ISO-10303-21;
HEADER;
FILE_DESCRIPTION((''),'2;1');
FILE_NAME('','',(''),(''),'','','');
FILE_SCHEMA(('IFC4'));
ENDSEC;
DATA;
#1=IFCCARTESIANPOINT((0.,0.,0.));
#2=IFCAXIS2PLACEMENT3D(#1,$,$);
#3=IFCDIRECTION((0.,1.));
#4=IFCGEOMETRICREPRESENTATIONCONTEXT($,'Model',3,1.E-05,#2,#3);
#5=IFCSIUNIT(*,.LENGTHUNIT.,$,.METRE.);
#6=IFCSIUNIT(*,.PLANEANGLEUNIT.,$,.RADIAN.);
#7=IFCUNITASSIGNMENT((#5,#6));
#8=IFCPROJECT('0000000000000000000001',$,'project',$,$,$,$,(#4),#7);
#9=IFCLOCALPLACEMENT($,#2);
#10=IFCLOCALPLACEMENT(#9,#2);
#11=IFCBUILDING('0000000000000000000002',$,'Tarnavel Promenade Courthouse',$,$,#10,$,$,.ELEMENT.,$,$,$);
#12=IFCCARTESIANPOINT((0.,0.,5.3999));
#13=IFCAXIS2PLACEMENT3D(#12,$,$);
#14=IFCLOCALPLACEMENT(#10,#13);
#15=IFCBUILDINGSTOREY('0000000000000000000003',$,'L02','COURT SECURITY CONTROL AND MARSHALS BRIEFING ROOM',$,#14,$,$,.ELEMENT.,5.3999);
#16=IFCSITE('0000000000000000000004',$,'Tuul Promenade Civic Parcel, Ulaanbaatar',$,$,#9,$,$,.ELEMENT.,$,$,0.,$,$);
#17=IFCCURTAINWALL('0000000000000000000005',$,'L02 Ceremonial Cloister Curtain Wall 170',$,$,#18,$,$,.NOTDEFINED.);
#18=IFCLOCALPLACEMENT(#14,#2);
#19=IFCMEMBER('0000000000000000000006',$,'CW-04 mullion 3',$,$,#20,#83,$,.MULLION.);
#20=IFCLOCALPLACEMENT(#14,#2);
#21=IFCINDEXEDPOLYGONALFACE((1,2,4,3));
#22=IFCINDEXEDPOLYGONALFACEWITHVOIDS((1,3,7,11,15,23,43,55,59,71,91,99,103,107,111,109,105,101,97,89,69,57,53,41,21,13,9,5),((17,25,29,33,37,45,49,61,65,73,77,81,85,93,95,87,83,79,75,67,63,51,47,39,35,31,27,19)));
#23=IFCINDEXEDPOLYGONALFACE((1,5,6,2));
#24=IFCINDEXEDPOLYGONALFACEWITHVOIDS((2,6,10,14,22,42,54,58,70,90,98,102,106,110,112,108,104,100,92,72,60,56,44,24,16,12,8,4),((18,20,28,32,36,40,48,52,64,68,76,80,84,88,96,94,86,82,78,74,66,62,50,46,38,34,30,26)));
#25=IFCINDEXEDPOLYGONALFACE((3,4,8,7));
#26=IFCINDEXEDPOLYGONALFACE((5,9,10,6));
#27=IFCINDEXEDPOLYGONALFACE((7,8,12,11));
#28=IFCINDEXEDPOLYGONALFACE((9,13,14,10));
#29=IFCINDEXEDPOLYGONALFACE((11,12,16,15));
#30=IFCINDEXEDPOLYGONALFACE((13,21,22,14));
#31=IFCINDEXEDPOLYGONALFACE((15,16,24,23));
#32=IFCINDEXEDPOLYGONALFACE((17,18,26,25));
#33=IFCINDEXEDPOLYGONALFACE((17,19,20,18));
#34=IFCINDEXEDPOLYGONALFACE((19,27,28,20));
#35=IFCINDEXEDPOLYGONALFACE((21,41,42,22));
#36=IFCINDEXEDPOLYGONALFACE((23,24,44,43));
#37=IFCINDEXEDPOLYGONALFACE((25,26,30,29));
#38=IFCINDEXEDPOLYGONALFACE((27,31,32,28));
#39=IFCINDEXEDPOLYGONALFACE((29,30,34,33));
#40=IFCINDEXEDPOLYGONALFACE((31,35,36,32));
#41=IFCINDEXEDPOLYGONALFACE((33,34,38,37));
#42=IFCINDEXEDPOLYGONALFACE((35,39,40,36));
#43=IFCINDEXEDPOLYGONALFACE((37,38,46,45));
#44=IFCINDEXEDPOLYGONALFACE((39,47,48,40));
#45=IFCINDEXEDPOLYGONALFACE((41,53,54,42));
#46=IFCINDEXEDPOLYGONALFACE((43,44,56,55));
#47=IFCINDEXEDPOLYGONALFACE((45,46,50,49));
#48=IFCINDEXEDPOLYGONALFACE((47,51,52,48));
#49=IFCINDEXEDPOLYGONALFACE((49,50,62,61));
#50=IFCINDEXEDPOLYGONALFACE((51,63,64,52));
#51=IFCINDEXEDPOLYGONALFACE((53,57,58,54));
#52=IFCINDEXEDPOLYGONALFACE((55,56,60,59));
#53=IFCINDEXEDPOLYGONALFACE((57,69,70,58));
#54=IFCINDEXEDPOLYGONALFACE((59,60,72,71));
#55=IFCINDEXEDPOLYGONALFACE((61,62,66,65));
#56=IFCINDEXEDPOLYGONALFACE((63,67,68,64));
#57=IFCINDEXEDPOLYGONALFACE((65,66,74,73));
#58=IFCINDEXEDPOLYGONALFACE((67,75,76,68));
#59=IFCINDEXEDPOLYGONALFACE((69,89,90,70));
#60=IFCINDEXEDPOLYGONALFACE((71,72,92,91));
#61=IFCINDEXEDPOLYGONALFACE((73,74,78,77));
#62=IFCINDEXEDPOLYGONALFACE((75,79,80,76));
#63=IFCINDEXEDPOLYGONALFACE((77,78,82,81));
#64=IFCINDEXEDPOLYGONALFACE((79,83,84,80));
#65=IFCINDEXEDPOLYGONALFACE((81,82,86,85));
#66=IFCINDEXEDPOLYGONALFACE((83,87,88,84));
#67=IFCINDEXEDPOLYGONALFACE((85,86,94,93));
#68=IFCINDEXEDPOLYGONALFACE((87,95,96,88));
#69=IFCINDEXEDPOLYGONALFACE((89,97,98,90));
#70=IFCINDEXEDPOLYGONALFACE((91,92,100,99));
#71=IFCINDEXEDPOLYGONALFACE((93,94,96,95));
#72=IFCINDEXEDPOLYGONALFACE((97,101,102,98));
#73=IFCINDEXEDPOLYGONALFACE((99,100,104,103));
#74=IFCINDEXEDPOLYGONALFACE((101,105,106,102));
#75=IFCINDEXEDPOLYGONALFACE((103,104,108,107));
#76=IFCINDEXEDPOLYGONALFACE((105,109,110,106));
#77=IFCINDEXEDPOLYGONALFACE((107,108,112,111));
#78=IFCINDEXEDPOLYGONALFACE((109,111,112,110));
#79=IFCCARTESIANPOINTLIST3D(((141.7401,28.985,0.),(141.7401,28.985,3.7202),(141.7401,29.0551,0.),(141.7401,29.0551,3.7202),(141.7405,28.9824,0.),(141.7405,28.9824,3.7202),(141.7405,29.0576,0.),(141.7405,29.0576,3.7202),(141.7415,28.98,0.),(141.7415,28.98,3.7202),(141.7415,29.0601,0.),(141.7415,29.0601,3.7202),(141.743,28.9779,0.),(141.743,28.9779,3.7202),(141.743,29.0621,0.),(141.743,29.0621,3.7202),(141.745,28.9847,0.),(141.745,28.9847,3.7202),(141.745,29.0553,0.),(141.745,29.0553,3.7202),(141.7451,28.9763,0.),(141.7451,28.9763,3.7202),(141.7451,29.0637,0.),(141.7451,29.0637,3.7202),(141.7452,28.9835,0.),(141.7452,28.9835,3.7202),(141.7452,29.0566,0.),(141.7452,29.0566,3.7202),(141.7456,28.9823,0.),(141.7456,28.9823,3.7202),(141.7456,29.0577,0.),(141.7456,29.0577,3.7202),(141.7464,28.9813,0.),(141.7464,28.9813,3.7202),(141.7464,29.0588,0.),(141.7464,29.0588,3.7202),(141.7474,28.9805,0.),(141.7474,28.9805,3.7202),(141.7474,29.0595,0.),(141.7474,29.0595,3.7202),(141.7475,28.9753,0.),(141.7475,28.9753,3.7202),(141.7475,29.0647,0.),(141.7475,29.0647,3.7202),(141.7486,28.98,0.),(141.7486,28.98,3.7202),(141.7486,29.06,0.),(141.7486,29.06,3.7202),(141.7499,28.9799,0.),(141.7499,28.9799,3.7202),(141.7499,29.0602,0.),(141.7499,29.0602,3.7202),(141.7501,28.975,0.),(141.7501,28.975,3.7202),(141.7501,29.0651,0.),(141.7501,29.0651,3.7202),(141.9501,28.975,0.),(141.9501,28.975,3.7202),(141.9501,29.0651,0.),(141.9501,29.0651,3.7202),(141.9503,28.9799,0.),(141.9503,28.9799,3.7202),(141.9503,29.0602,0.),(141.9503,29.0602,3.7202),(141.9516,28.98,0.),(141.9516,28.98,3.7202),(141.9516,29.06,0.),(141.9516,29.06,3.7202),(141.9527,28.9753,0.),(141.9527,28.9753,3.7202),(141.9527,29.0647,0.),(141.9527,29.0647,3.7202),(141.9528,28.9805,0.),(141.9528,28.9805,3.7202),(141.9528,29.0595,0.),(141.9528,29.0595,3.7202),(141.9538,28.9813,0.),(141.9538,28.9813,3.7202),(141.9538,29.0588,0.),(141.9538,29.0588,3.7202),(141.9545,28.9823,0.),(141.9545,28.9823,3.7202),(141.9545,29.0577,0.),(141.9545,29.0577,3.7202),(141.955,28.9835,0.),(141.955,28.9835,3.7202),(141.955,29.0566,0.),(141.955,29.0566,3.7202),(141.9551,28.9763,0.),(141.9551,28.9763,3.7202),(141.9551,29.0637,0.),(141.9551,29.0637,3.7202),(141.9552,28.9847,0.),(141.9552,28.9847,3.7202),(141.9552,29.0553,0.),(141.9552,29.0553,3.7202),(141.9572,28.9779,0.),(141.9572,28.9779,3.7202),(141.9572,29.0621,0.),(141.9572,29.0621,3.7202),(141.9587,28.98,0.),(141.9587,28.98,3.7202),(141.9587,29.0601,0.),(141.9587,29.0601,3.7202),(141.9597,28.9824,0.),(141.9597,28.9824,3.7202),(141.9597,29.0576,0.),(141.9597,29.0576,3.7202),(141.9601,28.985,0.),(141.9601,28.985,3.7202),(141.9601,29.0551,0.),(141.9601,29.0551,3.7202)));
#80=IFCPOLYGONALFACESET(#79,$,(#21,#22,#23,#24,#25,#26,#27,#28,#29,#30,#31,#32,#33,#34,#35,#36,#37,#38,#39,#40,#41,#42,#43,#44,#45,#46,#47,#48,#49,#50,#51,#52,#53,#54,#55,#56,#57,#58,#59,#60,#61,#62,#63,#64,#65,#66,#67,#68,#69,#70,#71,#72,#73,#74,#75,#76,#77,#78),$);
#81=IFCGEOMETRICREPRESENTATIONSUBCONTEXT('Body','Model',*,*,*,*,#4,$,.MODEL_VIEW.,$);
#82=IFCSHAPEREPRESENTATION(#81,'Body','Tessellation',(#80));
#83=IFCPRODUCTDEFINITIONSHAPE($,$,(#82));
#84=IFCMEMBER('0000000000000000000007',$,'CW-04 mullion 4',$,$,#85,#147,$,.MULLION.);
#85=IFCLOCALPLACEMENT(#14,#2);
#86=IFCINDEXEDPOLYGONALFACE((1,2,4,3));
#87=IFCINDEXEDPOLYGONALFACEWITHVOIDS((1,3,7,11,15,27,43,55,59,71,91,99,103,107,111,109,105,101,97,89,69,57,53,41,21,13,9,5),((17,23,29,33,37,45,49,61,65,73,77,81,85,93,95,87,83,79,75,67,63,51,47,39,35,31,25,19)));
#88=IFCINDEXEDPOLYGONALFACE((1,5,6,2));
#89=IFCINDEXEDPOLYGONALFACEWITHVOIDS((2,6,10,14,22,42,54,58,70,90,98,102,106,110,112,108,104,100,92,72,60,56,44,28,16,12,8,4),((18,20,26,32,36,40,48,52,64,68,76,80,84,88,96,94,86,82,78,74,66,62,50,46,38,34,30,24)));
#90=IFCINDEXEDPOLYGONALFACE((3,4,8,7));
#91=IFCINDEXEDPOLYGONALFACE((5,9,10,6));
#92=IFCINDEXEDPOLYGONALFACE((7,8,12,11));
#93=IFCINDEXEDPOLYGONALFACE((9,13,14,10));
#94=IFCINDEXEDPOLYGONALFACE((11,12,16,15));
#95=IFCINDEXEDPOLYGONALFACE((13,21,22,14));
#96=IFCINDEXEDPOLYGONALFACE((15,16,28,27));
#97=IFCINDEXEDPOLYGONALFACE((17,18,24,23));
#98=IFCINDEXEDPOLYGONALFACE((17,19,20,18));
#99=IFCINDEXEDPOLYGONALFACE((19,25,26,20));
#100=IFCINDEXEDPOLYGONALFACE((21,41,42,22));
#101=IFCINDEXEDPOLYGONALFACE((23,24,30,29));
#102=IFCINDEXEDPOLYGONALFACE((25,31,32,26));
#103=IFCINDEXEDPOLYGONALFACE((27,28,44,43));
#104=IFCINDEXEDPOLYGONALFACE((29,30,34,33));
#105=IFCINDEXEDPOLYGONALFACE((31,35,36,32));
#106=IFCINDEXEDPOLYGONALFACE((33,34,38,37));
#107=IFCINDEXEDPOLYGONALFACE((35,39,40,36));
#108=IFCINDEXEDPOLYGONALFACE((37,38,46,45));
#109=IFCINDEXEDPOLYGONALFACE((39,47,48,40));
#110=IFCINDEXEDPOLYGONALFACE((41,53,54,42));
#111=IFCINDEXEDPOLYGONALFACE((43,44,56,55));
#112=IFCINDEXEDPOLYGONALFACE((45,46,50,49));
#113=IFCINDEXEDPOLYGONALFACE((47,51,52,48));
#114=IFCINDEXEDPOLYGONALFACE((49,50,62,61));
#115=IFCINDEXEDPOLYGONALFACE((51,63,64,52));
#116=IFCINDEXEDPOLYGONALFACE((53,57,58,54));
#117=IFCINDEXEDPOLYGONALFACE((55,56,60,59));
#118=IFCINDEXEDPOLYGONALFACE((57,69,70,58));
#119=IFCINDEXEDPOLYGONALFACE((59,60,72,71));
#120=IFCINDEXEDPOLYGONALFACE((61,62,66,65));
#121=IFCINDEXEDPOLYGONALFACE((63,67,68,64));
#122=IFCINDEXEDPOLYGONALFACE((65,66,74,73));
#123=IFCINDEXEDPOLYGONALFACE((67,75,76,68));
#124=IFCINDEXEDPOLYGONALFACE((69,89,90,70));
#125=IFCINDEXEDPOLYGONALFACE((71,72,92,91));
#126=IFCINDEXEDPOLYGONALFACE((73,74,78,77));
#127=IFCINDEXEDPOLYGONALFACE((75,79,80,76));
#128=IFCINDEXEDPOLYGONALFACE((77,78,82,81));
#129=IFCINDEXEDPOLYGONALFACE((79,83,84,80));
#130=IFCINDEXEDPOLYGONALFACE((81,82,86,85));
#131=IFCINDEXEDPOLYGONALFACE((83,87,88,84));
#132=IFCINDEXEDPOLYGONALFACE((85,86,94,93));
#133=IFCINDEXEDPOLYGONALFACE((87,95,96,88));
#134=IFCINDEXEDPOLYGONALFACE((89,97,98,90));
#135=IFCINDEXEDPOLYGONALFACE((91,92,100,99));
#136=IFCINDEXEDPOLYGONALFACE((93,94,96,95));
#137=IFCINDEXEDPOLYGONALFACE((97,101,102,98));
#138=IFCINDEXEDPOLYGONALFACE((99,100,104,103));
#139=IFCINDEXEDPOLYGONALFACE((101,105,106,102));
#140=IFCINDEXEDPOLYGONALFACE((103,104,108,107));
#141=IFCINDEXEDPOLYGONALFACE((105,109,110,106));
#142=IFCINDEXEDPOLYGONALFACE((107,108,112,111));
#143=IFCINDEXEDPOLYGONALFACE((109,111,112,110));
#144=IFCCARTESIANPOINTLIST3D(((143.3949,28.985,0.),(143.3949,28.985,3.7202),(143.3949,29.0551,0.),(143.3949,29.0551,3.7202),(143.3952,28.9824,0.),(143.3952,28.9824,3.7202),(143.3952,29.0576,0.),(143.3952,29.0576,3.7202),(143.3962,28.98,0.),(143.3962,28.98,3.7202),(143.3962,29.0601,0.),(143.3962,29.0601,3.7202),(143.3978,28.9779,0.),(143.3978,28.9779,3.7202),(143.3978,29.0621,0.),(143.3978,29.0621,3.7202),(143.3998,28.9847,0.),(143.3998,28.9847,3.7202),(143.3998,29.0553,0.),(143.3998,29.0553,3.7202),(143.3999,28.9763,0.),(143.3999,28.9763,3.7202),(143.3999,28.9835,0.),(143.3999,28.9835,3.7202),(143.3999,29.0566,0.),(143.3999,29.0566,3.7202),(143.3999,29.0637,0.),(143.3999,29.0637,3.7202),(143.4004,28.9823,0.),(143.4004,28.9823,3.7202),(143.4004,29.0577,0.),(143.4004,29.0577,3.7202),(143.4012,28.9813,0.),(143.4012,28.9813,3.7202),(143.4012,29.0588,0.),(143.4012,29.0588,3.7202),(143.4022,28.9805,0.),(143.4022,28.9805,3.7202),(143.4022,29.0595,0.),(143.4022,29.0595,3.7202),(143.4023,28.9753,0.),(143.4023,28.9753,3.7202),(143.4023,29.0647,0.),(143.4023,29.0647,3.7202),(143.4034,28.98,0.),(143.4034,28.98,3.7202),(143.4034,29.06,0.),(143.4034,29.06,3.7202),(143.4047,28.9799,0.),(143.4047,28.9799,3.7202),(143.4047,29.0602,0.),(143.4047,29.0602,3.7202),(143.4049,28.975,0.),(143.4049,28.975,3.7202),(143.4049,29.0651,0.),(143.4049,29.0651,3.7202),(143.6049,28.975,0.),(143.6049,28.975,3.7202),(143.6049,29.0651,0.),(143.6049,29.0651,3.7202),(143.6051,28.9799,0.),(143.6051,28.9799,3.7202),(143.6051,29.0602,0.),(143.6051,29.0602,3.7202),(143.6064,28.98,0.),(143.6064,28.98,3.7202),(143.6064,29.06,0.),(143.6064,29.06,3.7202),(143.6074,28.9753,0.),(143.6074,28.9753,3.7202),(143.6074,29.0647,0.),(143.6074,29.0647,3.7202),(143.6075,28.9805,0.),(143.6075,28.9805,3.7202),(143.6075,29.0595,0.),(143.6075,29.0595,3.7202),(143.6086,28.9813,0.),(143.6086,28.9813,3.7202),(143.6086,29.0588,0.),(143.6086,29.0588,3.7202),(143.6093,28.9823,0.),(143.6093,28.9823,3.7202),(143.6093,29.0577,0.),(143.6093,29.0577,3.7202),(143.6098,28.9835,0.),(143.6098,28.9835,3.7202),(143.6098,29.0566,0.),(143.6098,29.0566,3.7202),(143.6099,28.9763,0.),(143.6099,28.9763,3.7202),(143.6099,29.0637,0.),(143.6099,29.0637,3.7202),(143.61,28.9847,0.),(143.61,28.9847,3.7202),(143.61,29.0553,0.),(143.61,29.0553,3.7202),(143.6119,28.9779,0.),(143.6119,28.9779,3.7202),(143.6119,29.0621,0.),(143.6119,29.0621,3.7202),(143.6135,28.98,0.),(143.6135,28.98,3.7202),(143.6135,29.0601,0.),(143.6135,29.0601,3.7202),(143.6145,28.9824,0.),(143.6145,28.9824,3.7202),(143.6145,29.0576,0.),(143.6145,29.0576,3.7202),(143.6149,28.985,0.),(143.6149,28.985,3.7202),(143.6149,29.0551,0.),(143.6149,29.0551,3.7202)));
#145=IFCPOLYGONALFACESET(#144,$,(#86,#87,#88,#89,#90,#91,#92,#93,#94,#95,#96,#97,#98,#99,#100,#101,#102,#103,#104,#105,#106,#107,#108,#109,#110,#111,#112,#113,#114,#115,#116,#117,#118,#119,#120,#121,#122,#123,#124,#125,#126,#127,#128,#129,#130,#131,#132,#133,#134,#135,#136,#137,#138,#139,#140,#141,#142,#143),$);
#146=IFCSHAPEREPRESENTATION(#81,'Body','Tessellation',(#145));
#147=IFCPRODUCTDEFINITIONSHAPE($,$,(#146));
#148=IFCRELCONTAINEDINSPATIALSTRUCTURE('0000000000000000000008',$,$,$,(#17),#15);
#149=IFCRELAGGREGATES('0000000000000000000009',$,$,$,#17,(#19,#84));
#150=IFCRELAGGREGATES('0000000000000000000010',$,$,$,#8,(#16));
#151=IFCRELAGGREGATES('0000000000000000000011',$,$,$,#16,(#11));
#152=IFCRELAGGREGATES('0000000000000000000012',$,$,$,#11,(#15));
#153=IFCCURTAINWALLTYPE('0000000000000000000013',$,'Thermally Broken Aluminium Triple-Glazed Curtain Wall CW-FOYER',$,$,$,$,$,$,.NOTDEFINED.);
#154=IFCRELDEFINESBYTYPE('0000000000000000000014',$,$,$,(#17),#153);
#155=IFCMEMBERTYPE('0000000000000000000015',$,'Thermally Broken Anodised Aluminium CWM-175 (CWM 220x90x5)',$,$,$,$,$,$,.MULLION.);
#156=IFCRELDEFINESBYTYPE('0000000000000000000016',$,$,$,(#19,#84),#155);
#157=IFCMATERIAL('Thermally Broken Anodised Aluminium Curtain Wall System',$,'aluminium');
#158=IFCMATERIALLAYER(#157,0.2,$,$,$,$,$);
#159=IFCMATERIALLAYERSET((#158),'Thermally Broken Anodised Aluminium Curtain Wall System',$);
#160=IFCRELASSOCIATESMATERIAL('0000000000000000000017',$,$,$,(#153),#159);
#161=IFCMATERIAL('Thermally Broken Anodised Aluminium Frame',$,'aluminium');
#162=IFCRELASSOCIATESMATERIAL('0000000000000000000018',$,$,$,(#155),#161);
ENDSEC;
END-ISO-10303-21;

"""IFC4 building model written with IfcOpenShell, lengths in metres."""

from ifc_helpers import new_model, si_unit, direction, frame, origin, origin_2d, place, context, subcontext, project, spatial, hollow_rectangle, extrude, material, layer, layer_set, material_profile, profile_set, type_object, element, aggregate, save


model = new_model("IFC4")

# Units and contexts
model_context = context("Model", 3, precision=1e-05, world=origin(), true_north=direction((0.0, 1.0)))
body_context = subcontext(model_context, "Body", "Model", "MODEL_VIEW")
ifc_project = project(units=[si_unit("LENGTHUNIT", "METRE"), si_unit("PLANEANGLEUNIT", "RADIAN")], contexts=[model_context])

# Site, building, storey
site_placement = place(None, origin())
site = spatial("IfcSite", under=ifc_project, at=site_placement, Name="Tuul Promenade Civic Parcel, Ulaanbaatar", CompositionType="ELEMENT", RefElevation=0.0)
building_placement = place(site_placement, origin())
building = spatial("IfcBuilding", under=site, at=building_placement, Name="Tarnavel Promenade Courthouse", CompositionType="ELEMENT")
storey_placement = place(building_placement, frame((0.0, 0.0, 5.3999)))
storey = spatial("IfcBuildingStorey", under=building, at=storey_placement, Name="L02", Description="COURT SECURITY CONTROL AND MARSHALS BRIEFING ROOM", CompositionType="ELEMENT", Elevation=5.3999)

# Curtain wall, members
ifc_material_1 = material(Name="Thermally Broken Anodised Aluminium Curtain Wall System", Category="aluminium")
ifc_layer_1 = layer(ifc_material_1, 0.2)
ifc_layer_set_1 = layer_set([ifc_layer_1], Name="Thermally Broken Anodised Aluminium Curtain Wall System")
curtain_wall_type = type_object("IfcCurtainWallType", Name="Thermally Broken Aluminium Triple-Glazed Curtain Wall CW-FOYER", PredefinedType="NOTDEFINED", material=ifc_layer_set_1)
curtain_wall_1_placement = place(storey_placement, origin())
curtain_wall_1 = element("IfcCurtainWall", 1, at=curtain_wall_1_placement, inside=storey, type_object=curtain_wall_type, Name="L02 Ceremonial Cloister Curtain Wall 170", PredefinedType="NOTDEFINED")
ifc_material_2 = material(Name="Thermally Broken Anodised Aluminium Frame", Category="aluminium")
ifc_material_profile_1 = material_profile(ifc_material_2, hollow_rectangle(XDim=0.0901, YDim=0.22, WallThickness=0.0049, InnerFilletRadius=0.0049, OuterFilletRadius=0.01, at=origin_2d()), Name="CWM 220x90x5")
ifc_profile_set_1 = profile_set([ifc_material_profile_1], Name="Thermally Broken Anodised Aluminium Frame")
member_type_1 = type_object("IfcMemberType", Name="Thermally Broken Anodised Aluminium CWM-175 (CWM 220x90x5)", PredefinedType="MULLION", material=ifc_profile_set_1)
member_1_placement = place(storey_placement, frame((141.8501, 29.02, 0.0), z_axis=(0.0, 0.0, 1.0), x_axis=(0.0, 1.0, 0.0)))
member_1 = element("IfcMember", 2, at=member_1_placement, type_object=member_type_1, Name="CW-04 mullion 3", PredefinedType="MULLION", context=body_context, shape_type="SweptSolid", body=[
    extrude(hollow_rectangle(XDim=0.0901, YDim=0.22, WallThickness=0.0049, InnerFilletRadius=0.0049, OuterFilletRadius=0.01, at=origin_2d()), origin(), (0.0, 0.0, 1.0), 3.7202),
])
member_2_placement = place(storey_placement, frame((143.5049, 29.02, 0.0), z_axis=(0.0, 0.0, 1.0), x_axis=(0.0, 1.0, 0.0)))
member_2 = element("IfcMember", 3, at=member_2_placement, type_object=member_type_1, Name="CW-04 mullion 4", PredefinedType="MULLION", context=body_context, shape_type="SweptSolid", body=[
    extrude(hollow_rectangle(XDim=0.0901, YDim=0.22, WallThickness=0.0049, InnerFilletRadius=0.0049, OuterFilletRadius=0.01, at=origin_2d()), origin(), (0.0, 0.0, 1.0), 3.7202),
])

aggregate(curtain_wall_1, [member_1, member_2])

save(model, "model.ifc")
